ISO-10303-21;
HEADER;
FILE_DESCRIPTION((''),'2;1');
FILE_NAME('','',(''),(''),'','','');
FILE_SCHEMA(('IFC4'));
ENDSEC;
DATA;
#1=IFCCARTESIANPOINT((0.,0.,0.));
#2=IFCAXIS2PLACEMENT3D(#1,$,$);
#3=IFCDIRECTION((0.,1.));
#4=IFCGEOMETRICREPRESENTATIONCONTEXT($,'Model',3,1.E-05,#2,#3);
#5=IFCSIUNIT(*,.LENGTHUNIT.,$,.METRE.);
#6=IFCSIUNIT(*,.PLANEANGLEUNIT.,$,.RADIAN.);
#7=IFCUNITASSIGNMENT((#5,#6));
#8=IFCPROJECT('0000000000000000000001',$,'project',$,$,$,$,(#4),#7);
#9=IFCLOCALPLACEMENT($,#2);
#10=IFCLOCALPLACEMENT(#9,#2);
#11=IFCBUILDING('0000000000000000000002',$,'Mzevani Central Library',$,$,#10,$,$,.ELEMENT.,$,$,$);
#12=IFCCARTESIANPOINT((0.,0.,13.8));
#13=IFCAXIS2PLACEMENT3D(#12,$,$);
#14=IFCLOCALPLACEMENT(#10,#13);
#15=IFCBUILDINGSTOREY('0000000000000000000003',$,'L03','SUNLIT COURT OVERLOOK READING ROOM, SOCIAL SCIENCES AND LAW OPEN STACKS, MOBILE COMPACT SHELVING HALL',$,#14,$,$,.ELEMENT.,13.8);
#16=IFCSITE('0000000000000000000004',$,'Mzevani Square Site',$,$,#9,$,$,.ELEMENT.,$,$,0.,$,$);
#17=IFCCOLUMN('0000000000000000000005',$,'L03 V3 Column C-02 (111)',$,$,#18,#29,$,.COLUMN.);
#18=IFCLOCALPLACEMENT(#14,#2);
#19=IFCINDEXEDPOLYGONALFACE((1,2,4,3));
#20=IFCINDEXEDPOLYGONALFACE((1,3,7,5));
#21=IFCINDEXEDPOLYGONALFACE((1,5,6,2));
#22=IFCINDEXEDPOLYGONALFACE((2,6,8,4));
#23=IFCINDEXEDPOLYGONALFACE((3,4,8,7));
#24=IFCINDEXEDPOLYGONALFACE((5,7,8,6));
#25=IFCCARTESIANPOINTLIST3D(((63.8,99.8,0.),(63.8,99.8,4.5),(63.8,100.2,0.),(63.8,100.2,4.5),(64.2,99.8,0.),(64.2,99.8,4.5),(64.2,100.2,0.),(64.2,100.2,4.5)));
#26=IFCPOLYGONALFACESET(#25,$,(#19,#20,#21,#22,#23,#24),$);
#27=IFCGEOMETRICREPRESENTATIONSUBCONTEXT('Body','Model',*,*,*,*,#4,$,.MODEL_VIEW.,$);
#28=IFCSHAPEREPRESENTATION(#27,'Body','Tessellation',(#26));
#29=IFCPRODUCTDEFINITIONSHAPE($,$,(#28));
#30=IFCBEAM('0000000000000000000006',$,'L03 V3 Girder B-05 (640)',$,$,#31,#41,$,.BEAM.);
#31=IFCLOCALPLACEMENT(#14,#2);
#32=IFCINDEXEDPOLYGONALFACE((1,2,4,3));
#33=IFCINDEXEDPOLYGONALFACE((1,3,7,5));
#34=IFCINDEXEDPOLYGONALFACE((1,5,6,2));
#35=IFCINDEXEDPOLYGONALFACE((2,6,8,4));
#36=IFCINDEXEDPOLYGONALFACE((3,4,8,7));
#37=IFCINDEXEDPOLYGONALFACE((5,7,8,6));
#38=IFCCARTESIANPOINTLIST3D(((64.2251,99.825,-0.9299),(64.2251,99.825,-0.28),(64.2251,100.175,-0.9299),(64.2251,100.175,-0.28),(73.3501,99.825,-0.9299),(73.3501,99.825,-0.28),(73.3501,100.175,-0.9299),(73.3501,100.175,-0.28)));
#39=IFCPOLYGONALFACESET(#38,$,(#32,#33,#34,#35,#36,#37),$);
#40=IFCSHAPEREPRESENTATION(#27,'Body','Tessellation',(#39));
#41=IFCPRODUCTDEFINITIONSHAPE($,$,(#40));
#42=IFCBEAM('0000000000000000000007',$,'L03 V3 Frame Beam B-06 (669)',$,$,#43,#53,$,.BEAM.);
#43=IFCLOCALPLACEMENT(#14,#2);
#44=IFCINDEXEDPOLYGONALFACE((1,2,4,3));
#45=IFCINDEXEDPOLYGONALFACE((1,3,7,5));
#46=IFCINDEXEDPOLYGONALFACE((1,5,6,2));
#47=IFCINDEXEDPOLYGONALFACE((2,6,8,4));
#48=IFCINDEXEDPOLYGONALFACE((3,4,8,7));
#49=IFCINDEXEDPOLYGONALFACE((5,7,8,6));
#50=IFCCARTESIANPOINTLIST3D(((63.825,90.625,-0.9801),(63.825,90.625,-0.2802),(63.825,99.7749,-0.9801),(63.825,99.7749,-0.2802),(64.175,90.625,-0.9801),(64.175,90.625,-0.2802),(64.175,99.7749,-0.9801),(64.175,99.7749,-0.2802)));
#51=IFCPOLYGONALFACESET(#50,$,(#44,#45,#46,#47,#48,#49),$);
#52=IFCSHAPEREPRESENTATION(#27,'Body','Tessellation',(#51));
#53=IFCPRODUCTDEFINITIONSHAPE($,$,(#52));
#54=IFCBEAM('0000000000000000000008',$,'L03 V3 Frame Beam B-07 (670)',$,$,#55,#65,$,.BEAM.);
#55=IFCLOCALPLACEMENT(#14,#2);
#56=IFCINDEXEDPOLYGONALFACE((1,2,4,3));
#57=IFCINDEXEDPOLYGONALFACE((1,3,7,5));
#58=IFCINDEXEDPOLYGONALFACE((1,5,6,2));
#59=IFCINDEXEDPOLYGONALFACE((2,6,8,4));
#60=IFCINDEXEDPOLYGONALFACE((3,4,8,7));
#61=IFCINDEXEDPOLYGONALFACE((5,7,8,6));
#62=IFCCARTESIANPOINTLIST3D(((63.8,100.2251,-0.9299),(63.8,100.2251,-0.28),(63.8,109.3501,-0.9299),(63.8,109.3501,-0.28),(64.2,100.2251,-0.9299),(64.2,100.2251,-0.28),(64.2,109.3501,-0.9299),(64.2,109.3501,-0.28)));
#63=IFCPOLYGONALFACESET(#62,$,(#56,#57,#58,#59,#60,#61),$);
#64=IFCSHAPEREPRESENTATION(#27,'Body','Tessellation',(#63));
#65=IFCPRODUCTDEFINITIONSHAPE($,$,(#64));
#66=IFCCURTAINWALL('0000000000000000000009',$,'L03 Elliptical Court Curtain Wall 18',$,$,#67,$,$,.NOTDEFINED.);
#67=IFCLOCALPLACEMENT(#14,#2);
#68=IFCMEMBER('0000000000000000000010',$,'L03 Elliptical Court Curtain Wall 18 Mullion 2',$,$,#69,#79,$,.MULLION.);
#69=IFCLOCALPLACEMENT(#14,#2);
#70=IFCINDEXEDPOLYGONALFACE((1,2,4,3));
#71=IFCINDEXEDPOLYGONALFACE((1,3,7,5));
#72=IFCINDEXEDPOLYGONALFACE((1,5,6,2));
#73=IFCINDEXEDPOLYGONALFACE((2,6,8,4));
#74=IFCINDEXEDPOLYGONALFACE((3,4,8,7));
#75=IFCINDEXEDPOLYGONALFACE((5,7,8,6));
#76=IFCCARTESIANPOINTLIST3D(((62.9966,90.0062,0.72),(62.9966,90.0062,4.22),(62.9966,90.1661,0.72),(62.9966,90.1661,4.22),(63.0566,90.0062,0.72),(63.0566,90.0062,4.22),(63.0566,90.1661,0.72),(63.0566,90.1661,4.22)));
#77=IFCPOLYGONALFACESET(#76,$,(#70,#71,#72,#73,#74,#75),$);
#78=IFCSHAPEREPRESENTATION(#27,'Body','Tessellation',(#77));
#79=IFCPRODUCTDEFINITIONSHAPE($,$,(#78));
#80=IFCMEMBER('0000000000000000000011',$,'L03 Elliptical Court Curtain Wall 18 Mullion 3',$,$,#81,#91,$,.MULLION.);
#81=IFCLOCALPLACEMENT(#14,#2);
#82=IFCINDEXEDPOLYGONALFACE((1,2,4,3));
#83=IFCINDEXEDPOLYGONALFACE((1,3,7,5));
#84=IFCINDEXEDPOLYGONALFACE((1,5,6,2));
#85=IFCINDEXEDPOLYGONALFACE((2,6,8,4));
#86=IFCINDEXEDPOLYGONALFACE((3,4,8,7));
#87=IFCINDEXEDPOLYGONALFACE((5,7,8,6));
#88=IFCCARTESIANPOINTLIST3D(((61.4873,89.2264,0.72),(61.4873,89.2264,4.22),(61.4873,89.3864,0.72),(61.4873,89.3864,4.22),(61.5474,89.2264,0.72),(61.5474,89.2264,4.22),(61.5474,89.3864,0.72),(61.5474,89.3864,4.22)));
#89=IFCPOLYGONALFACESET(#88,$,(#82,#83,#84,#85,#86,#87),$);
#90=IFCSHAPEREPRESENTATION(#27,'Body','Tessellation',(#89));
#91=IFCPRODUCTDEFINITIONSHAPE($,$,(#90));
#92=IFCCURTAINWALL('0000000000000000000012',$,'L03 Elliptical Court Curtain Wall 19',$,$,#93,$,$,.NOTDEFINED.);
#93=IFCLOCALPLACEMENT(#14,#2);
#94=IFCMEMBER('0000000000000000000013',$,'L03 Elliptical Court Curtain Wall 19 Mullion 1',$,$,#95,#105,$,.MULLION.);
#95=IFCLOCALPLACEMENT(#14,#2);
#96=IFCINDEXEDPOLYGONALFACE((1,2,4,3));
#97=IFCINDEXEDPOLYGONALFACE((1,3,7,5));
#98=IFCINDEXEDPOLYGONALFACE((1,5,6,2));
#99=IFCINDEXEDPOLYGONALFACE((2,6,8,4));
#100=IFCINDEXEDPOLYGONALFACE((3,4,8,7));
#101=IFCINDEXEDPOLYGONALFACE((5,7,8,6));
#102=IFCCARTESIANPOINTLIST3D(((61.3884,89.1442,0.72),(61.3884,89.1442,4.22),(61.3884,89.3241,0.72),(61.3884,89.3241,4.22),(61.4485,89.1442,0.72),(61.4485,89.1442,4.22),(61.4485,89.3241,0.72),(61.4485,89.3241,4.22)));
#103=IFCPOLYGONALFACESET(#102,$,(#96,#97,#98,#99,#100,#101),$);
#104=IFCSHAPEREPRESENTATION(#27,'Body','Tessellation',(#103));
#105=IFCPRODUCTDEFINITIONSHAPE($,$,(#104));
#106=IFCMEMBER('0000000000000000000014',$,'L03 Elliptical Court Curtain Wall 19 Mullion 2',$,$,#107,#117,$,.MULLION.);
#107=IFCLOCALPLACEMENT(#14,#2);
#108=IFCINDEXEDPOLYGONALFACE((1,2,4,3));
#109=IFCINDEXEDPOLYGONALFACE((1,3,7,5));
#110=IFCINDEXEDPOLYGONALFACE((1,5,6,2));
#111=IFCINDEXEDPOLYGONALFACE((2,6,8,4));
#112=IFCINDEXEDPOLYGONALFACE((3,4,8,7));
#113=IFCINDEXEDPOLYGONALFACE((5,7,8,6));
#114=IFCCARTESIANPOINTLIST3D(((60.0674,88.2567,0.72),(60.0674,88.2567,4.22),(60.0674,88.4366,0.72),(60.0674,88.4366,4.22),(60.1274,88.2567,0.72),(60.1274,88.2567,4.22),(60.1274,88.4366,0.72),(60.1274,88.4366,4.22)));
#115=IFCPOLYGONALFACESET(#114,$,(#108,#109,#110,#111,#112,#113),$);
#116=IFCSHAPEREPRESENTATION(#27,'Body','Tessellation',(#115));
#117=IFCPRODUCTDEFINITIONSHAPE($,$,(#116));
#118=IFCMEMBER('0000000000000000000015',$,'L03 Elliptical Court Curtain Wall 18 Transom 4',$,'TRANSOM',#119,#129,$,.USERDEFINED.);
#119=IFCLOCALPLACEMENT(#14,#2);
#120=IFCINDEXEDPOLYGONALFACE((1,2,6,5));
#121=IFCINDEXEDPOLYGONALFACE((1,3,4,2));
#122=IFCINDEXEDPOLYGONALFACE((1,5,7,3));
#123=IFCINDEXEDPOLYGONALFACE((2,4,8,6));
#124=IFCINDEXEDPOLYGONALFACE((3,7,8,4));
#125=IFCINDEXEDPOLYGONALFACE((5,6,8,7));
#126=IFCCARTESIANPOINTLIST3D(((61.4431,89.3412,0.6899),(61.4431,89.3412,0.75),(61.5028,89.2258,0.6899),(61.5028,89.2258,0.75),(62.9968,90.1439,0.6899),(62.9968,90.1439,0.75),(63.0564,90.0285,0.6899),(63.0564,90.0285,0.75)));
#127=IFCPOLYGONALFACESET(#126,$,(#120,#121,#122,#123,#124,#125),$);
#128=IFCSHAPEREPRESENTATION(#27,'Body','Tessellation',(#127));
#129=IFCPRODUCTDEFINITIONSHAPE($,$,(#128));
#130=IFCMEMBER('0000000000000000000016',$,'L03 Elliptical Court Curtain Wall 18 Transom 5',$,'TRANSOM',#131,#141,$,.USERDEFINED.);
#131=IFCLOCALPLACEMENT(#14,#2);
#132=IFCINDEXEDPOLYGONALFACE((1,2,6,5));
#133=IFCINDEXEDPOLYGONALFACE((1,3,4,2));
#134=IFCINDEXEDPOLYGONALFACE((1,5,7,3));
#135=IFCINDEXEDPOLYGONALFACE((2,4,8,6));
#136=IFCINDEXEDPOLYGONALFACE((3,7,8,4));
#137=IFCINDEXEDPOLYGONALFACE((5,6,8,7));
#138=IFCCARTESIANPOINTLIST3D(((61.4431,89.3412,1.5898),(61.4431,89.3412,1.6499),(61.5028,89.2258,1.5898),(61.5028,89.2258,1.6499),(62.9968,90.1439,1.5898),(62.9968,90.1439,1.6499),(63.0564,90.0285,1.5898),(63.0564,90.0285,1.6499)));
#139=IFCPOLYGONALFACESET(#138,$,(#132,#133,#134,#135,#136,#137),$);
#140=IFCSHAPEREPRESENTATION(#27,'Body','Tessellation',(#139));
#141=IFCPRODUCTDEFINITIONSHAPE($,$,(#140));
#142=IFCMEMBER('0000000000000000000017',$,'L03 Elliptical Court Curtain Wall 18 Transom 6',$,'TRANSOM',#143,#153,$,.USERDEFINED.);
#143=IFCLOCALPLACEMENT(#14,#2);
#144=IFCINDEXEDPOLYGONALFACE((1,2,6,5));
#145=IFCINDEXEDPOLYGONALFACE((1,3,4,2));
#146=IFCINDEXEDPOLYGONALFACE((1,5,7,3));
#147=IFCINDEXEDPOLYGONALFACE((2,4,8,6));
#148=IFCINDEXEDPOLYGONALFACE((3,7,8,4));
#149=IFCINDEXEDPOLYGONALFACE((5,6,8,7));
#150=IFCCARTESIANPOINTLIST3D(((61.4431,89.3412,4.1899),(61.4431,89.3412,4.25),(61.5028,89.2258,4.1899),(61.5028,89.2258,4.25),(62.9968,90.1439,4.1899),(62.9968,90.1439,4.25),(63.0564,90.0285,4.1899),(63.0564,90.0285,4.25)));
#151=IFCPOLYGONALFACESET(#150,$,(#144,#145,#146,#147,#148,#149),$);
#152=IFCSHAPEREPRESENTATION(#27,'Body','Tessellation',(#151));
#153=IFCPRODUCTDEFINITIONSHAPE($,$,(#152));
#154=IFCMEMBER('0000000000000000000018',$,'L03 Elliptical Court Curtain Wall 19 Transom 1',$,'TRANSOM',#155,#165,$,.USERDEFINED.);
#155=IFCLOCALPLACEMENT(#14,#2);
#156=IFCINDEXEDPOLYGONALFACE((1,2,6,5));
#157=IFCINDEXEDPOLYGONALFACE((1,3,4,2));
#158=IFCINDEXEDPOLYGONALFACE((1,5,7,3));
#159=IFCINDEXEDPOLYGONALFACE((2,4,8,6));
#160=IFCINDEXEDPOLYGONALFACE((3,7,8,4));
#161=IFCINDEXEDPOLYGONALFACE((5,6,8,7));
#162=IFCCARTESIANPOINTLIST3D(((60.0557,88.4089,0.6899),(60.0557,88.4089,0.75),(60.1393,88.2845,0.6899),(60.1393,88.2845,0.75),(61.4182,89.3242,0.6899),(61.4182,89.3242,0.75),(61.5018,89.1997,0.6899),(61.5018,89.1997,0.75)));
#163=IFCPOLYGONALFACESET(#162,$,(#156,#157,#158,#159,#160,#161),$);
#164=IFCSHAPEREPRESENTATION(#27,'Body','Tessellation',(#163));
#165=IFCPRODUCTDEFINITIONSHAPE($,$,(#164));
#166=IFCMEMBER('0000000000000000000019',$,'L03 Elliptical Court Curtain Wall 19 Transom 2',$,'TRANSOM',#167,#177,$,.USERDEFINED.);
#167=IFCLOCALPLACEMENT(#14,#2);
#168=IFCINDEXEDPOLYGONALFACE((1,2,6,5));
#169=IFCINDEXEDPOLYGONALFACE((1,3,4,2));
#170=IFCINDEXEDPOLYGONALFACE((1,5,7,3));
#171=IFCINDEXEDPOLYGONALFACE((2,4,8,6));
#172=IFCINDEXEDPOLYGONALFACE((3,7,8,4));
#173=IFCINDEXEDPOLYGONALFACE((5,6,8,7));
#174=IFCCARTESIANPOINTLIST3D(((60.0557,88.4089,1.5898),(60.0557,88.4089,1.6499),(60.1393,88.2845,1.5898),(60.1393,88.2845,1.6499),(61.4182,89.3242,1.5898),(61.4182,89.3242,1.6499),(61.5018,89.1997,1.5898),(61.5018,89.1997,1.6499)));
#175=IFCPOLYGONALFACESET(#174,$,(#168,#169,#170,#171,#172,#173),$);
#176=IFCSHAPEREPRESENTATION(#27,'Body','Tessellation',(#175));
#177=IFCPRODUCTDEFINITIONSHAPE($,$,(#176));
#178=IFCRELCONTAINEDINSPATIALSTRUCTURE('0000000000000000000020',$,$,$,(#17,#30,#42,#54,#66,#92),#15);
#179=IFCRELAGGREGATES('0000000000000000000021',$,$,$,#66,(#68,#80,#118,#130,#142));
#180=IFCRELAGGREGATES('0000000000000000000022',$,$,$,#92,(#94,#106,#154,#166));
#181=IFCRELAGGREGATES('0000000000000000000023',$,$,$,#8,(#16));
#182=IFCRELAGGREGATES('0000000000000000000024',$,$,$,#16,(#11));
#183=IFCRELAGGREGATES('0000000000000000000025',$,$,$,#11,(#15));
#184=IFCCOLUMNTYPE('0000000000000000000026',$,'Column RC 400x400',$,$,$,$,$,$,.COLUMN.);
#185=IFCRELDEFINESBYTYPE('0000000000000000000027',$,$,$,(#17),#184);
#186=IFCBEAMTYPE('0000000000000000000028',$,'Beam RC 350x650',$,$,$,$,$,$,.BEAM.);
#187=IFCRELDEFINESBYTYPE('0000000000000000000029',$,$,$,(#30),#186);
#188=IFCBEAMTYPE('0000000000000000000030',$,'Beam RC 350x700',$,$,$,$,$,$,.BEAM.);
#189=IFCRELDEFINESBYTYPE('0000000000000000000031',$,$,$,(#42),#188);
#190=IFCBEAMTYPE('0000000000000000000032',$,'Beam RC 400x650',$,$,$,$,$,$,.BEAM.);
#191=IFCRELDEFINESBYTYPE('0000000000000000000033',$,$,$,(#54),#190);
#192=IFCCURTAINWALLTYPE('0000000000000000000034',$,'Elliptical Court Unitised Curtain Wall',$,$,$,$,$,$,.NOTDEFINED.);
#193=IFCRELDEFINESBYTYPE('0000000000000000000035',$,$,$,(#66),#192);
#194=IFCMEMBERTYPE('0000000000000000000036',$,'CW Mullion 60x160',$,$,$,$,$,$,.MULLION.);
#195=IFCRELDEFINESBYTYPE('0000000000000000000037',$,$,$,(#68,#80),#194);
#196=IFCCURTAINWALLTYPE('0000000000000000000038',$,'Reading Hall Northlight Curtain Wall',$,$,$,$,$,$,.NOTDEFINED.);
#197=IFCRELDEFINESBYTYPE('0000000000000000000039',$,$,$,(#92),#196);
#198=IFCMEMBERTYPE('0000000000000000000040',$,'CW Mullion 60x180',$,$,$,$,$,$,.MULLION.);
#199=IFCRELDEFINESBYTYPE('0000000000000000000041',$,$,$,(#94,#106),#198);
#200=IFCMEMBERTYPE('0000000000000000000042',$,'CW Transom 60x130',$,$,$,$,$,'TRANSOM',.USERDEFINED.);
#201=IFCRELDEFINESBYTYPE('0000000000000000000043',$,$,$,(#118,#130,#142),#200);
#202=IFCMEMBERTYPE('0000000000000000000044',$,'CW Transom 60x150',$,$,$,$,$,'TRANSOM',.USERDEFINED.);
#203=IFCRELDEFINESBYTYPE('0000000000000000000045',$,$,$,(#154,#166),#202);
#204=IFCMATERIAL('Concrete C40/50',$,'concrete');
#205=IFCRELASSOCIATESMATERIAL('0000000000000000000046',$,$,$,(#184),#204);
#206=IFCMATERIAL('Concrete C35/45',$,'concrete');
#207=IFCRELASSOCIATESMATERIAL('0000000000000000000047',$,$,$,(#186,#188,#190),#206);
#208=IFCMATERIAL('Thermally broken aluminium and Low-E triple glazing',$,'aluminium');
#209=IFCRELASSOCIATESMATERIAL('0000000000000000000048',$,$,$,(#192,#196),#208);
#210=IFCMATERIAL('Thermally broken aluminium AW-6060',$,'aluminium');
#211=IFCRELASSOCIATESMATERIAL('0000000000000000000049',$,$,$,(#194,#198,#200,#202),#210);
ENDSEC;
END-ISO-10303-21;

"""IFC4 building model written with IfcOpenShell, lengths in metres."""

from ifc_helpers import new_model, si_unit, direction, frame, origin, origin_2d, place, context, subcontext, project, spatial, rectangle, extrude, material, material_profile, profile_set, type_object, element, aggregate, save


model = new_model("IFC4")

# Units and contexts
model_context = context("Model", 3, precision=1e-05, world=origin(), true_north=direction((0.0, 1.0)))
body_context = subcontext(model_context, "Body", "Model", "MODEL_VIEW")
ifc_project = project(units=[si_unit("LENGTHUNIT", "METRE"), si_unit("PLANEANGLEUNIT", "RADIAN")], contexts=[model_context])

# Site, building, storey
site_placement = place(None, origin())
site = spatial("IfcSite", under=ifc_project, at=site_placement, Name="Mzevani Square Site", CompositionType="ELEMENT", RefElevation=0.0)
building_placement = place(site_placement, origin())
building = spatial("IfcBuilding", under=site, at=building_placement, Name="Mzevani Central Library", CompositionType="ELEMENT")
storey_placement = place(building_placement, frame((0.0, 0.0, 13.8)))
storey = spatial("IfcBuildingStorey", under=building, at=storey_placement, Name="L03", Description="SUNLIT COURT OVERLOOK READING ROOM, SOCIAL SCIENCES AND LAW OPEN STACKS, MOBILE COMPACT SHELVING HALL", CompositionType="ELEMENT", Elevation=13.8)

# Column
ifc_material_1 = material(Name="Concrete C40/50", Category="concrete")
ifc_material_profile_1 = material_profile(ifc_material_1, rectangle(XDim=0.3999, YDim=0.3999, at=origin_2d()), Name="RC 400x400")
ifc_profile_set_1 = profile_set([ifc_material_profile_1], Name="Concrete C40/50")
column_type = type_object("IfcColumnType", Name="Column RC 400x400", PredefinedType="COLUMN", material=ifc_profile_set_1)
column_placement = place(storey_placement, frame((64.0, 100.0, 0.0), z_axis=(0.0, 0.0, 1.0), x_axis=(1.0, 0.0, 0.0)))
element("IfcColumn", 1, at=column_placement, inside=storey, type_object=column_type, Name="L03 V3 Column C-02 (111)", PredefinedType="COLUMN", context=body_context, shape_type="SweptSolid", body=[
    extrude(rectangle(XDim=0.3999, YDim=0.3999, at=origin_2d()), origin(), (0.0, 0.0, 1.0), 4.5),
])

# Beams
ifc_material_2 = material(Name="Concrete C35/45", Category="concrete")
ifc_material_profile_2 = material_profile(ifc_material_2, rectangle(XDim=0.3501, YDim=0.6499, at=origin_2d()), Name="RC B350x650")
ifc_profile_set_2 = profile_set([ifc_material_profile_2], Name="Concrete C35/45")
beam_type_1 = type_object("IfcBeamType", Name="Beam RC 350x650", PredefinedType="BEAM", material=ifc_profile_set_2)
beam_1_placement = place(storey_placement, frame((64.2251, 100.0, -0.605), z_axis=(1.0, 0.0, 0.0), x_axis=(0.0, 1.0, 0.0)))
element("IfcBeam", 2, at=beam_1_placement, inside=storey, type_object=beam_type_1, Name="L03 V3 Girder B-05 (640)", PredefinedType="BEAM", context=body_context, shape_type="SweptSolid", body=[
    extrude(rectangle(XDim=0.3501, YDim=0.6499, at=origin_2d()), origin(), (0.0, 0.0, 1.0), 9.125),
])
ifc_material_profile_3 = material_profile(ifc_material_2, rectangle(XDim=0.3501, YDim=0.7, at=origin_2d()), Name="RC B350x700")
ifc_profile_set_3 = profile_set([ifc_material_profile_3], Name="Concrete C35/45")
beam_type_2 = type_object("IfcBeamType", Name="Beam RC 350x700", PredefinedType="BEAM", material=ifc_profile_set_3)
beam_2_placement = place(storey_placement, frame((64.0, 90.625, -0.6301), z_axis=(0.0, 1.0, 0.0), x_axis=(-1.0, 0.0, 0.0)))
element("IfcBeam", 3, at=beam_2_placement, inside=storey, type_object=beam_type_2, Name="L03 V3 Frame Beam B-06 (669)", PredefinedType="BEAM", context=body_context, shape_type="SweptSolid", body=[
    extrude(rectangle(XDim=0.3501, YDim=0.7, at=origin_2d()), origin(), (0.0, 0.0, 1.0), 9.1499),
])
ifc_material_profile_4 = material_profile(ifc_material_2, rectangle(XDim=0.3999, YDim=0.6499, at=origin_2d()), Name="RC B400x650")
ifc_profile_set_4 = profile_set([ifc_material_profile_4], Name="Concrete C35/45")
beam_type_3 = type_object("IfcBeamType", Name="Beam RC 400x650", PredefinedType="BEAM", material=ifc_profile_set_4)
beam_3_placement = place(storey_placement, frame((64.0, 100.2251, -0.605), z_axis=(0.0, 1.0, 0.0), x_axis=(-1.0, 0.0, 0.0)))
element("IfcBeam", 4, at=beam_3_placement, inside=storey, type_object=beam_type_3, Name="L03 V3 Frame Beam B-07 (670)", PredefinedType="BEAM", context=body_context, shape_type="SweptSolid", body=[
    extrude(rectangle(XDim=0.3999, YDim=0.6499, at=origin_2d()), origin(), (0.0, 0.0, 1.0), 9.125),
])

# Curtain walls, members
ifc_material_3 = material(Name="Thermally broken aluminium and Low-E triple glazing", Category="aluminium")
curtain_wall_type_1 = type_object("IfcCurtainWallType", Name="Elliptical Court Unitised Curtain Wall", PredefinedType="NOTDEFINED", material=ifc_material_3)
curtain_wall_1_placement = place(storey_placement, origin())
curtain_wall_1 = element("IfcCurtainWall", 5, at=curtain_wall_1_placement, inside=storey, type_object=curtain_wall_type_1, Name="L03 Elliptical Court Curtain Wall 18", PredefinedType="NOTDEFINED")
ifc_material_4 = material(Name="Thermally broken aluminium AW-6060", Category="aluminium")
ifc_material_profile_5 = material_profile(ifc_material_4, rectangle(XDim=0.0601, YDim=0.1599, at=origin_2d()), Name="ALU M60x160")
ifc_profile_set_5 = profile_set([ifc_material_profile_5], Name="Thermally broken aluminium AW-6060")
member_type_1 = type_object("IfcMemberType", Name="CW Mullion 60x160", PredefinedType="MULLION", material=ifc_profile_set_5)
member_1_placement = place(storey_placement, frame((63.0266, 90.0862, 0.72), z_axis=(0.0, 0.0, 1.0), x_axis=(1.0, 0.0, 0.0)))
member_1 = element("IfcMember", 6, at=member_1_placement, type_object=member_type_1, Name="L03 Elliptical Court Curtain Wall 18 Mullion 2", PredefinedType="MULLION", context=body_context, shape_type="SweptSolid", body=[
    extrude(rectangle(XDim=0.0601, YDim=0.1599, at=origin_2d()), origin(), (0.0, 0.0, 1.0), 3.5),
])
member_2_placement = place(storey_placement, frame((61.5173, 89.3064, 0.72), z_axis=(0.0, 0.0, 1.0), x_axis=(1.0, 0.0, 0.0)))
member_2 = element("IfcMember", 7, at=member_2_placement, type_object=member_type_1, Name="L03 Elliptical Court Curtain Wall 18 Mullion 3", PredefinedType="MULLION", context=body_context, shape_type="SweptSolid", body=[
    extrude(rectangle(XDim=0.0601, YDim=0.1599, at=origin_2d()), origin(), (0.0, 0.0, 1.0), 3.5),
])
curtain_wall_type_2 = type_object("IfcCurtainWallType", Name="Reading Hall Northlight Curtain Wall", PredefinedType="NOTDEFINED", material=ifc_material_3)
curtain_wall_2_placement = place(storey_placement, origin())
curtain_wall_2 = element("IfcCurtainWall", 8, at=curtain_wall_2_placement, inside=storey, type_object=curtain_wall_type_2, Name="L03 Elliptical Court Curtain Wall 19", PredefinedType="NOTDEFINED")
ifc_material_profile_6 = material_profile(ifc_material_4, rectangle(XDim=0.0601, YDim=0.1799, at=origin_2d()), Name="ALU M60x180")
ifc_profile_set_6 = profile_set([ifc_material_profile_6], Name="Thermally broken aluminium AW-6060")
member_type_2 = type_object("IfcMemberType", Name="CW Mullion 60x180", PredefinedType="MULLION", material=ifc_profile_set_6)
member_3_placement = place(storey_placement, frame((61.4185, 89.2341, 0.72), z_axis=(0.0, 0.0, 1.0), x_axis=(1.0, 0.0, 0.0)))
member_3 = element("IfcMember", 9, at=member_3_placement, type_object=member_type_2, Name="L03 Elliptical Court Curtain Wall 19 Mullion 1", PredefinedType="MULLION", context=body_context, shape_type="SweptSolid", body=[
    extrude(rectangle(XDim=0.0601, YDim=0.1799, at=origin_2d()), origin(), (0.0, 0.0, 1.0), 3.5),
])
member_4_placement = place(storey_placement, frame((60.0974, 88.3467, 0.72), z_axis=(0.0, 0.0, 1.0), x_axis=(1.0, 0.0, 0.0)))
member_4 = element("IfcMember", 10, at=member_4_placement, type_object=member_type_2, Name="L03 Elliptical Court Curtain Wall 19 Mullion 2", PredefinedType="MULLION", context=body_context, shape_type="SweptSolid", body=[
    extrude(rectangle(XDim=0.0601, YDim=0.1799, at=origin_2d()), origin(), (0.0, 0.0, 1.0), 3.5),
])

# Members
ifc_material_profile_7 = material_profile(ifc_material_4, rectangle(XDim=0.1299, YDim=0.0601, at=origin_2d()), Name="ALU T60x130")
ifc_profile_set_7 = profile_set([ifc_material_profile_7], Name="Thermally broken aluminium AW-6060")
member_type_3 = type_object("IfcMemberType", Name="CW Transom 60x130", ElementType="TRANSOM", PredefinedType="USERDEFINED", material=ifc_profile_set_7)
member_5_placement = place(storey_placement, frame((63.0266, 90.0862, 0.72), z_axis=(-0.88843, -0.459013, 0.0), x_axis=(0.459013, -0.88843, 0.0)))
member_5 = element("IfcMember", 11, at=member_5_placement, type_object=member_type_3, Name="L03 Elliptical Court Curtain Wall 18 Transom 4", ObjectType="TRANSOM", PredefinedType="USERDEFINED", context=body_context, shape_type="SweptSolid", body=[
    extrude(rectangle(XDim=0.1299, YDim=0.0601, at=origin_2d()), origin(), (0.0, 0.0, 1.0), 1.7488),
])
member_6_placement = place(storey_placement, frame((63.0266, 90.0862, 1.6199), z_axis=(-0.88843, -0.459013, 0.0), x_axis=(0.459013, -0.88843, 0.0)))
member_6 = element("IfcMember", 12, at=member_6_placement, type_object=member_type_3, Name="L03 Elliptical Court Curtain Wall 18 Transom 5", ObjectType="TRANSOM", PredefinedType="USERDEFINED", context=body_context, shape_type="SweptSolid", body=[
    extrude(rectangle(XDim=0.1299, YDim=0.0601, at=origin_2d()), origin(), (0.0, 0.0, 1.0), 1.7488),
])
member_7_placement = place(storey_placement, frame((63.0266, 90.0862, 4.22), z_axis=(-0.88843, -0.459013, 0.0), x_axis=(0.459013, -0.88843, 0.0)))
member_7 = element("IfcMember", 13, at=member_7_placement, type_object=member_type_3, Name="L03 Elliptical Court Curtain Wall 18 Transom 6", ObjectType="TRANSOM", PredefinedType="USERDEFINED", context=body_context, shape_type="SweptSolid", body=[
    extrude(rectangle(XDim=0.1299, YDim=0.0601, at=origin_2d()), origin(), (0.0, 0.0, 1.0), 1.7488),
])
ifc_material_profile_8 = material_profile(ifc_material_4, rectangle(XDim=0.1499, YDim=0.0601, at=origin_2d()), Name="ALU T60x150")
ifc_profile_set_8 = profile_set([ifc_material_profile_8], Name="Thermally broken aluminium AW-6060")
member_type_4 = type_object("IfcMemberType", Name="CW Transom 60x150", ElementType="TRANSOM", PredefinedType="USERDEFINED", material=ifc_profile_set_8)
member_8_placement = place(storey_placement, frame((61.46, 89.262, 0.72), z_axis=(-0.8301, -0.557614, 0.0), x_axis=(0.557614, -0.8301, 0.0)))
member_8 = element("IfcMember", 14, at=member_8_placement, type_object=member_type_4, Name="L03 Elliptical Court Curtain Wall 19 Transom 1", ObjectType="TRANSOM", PredefinedType="USERDEFINED", context=body_context, shape_type="SweptSolid", body=[
    extrude(rectangle(XDim=0.1499, YDim=0.0601, at=origin_2d()), origin(), (0.0, 0.0, 1.0), 1.6414),
])
member_9_placement = place(storey_placement, frame((61.46, 89.262, 1.6199), z_axis=(-0.8301, -0.557614, 0.0), x_axis=(0.557614, -0.8301, 0.0)))
member_9 = element("IfcMember", 15, at=member_9_placement, type_object=member_type_4, Name="L03 Elliptical Court Curtain Wall 19 Transom 2", ObjectType="TRANSOM", PredefinedType="USERDEFINED", context=body_context, shape_type="SweptSolid", body=[
    extrude(rectangle(XDim=0.1499, YDim=0.0601, at=origin_2d()), origin(), (0.0, 0.0, 1.0), 1.6414),
])

aggregate(curtain_wall_1, [member_1, member_2, member_5, member_6, member_7])
aggregate(curtain_wall_2, [member_3, member_4, member_8, member_9])

save(model, "model.ifc")
